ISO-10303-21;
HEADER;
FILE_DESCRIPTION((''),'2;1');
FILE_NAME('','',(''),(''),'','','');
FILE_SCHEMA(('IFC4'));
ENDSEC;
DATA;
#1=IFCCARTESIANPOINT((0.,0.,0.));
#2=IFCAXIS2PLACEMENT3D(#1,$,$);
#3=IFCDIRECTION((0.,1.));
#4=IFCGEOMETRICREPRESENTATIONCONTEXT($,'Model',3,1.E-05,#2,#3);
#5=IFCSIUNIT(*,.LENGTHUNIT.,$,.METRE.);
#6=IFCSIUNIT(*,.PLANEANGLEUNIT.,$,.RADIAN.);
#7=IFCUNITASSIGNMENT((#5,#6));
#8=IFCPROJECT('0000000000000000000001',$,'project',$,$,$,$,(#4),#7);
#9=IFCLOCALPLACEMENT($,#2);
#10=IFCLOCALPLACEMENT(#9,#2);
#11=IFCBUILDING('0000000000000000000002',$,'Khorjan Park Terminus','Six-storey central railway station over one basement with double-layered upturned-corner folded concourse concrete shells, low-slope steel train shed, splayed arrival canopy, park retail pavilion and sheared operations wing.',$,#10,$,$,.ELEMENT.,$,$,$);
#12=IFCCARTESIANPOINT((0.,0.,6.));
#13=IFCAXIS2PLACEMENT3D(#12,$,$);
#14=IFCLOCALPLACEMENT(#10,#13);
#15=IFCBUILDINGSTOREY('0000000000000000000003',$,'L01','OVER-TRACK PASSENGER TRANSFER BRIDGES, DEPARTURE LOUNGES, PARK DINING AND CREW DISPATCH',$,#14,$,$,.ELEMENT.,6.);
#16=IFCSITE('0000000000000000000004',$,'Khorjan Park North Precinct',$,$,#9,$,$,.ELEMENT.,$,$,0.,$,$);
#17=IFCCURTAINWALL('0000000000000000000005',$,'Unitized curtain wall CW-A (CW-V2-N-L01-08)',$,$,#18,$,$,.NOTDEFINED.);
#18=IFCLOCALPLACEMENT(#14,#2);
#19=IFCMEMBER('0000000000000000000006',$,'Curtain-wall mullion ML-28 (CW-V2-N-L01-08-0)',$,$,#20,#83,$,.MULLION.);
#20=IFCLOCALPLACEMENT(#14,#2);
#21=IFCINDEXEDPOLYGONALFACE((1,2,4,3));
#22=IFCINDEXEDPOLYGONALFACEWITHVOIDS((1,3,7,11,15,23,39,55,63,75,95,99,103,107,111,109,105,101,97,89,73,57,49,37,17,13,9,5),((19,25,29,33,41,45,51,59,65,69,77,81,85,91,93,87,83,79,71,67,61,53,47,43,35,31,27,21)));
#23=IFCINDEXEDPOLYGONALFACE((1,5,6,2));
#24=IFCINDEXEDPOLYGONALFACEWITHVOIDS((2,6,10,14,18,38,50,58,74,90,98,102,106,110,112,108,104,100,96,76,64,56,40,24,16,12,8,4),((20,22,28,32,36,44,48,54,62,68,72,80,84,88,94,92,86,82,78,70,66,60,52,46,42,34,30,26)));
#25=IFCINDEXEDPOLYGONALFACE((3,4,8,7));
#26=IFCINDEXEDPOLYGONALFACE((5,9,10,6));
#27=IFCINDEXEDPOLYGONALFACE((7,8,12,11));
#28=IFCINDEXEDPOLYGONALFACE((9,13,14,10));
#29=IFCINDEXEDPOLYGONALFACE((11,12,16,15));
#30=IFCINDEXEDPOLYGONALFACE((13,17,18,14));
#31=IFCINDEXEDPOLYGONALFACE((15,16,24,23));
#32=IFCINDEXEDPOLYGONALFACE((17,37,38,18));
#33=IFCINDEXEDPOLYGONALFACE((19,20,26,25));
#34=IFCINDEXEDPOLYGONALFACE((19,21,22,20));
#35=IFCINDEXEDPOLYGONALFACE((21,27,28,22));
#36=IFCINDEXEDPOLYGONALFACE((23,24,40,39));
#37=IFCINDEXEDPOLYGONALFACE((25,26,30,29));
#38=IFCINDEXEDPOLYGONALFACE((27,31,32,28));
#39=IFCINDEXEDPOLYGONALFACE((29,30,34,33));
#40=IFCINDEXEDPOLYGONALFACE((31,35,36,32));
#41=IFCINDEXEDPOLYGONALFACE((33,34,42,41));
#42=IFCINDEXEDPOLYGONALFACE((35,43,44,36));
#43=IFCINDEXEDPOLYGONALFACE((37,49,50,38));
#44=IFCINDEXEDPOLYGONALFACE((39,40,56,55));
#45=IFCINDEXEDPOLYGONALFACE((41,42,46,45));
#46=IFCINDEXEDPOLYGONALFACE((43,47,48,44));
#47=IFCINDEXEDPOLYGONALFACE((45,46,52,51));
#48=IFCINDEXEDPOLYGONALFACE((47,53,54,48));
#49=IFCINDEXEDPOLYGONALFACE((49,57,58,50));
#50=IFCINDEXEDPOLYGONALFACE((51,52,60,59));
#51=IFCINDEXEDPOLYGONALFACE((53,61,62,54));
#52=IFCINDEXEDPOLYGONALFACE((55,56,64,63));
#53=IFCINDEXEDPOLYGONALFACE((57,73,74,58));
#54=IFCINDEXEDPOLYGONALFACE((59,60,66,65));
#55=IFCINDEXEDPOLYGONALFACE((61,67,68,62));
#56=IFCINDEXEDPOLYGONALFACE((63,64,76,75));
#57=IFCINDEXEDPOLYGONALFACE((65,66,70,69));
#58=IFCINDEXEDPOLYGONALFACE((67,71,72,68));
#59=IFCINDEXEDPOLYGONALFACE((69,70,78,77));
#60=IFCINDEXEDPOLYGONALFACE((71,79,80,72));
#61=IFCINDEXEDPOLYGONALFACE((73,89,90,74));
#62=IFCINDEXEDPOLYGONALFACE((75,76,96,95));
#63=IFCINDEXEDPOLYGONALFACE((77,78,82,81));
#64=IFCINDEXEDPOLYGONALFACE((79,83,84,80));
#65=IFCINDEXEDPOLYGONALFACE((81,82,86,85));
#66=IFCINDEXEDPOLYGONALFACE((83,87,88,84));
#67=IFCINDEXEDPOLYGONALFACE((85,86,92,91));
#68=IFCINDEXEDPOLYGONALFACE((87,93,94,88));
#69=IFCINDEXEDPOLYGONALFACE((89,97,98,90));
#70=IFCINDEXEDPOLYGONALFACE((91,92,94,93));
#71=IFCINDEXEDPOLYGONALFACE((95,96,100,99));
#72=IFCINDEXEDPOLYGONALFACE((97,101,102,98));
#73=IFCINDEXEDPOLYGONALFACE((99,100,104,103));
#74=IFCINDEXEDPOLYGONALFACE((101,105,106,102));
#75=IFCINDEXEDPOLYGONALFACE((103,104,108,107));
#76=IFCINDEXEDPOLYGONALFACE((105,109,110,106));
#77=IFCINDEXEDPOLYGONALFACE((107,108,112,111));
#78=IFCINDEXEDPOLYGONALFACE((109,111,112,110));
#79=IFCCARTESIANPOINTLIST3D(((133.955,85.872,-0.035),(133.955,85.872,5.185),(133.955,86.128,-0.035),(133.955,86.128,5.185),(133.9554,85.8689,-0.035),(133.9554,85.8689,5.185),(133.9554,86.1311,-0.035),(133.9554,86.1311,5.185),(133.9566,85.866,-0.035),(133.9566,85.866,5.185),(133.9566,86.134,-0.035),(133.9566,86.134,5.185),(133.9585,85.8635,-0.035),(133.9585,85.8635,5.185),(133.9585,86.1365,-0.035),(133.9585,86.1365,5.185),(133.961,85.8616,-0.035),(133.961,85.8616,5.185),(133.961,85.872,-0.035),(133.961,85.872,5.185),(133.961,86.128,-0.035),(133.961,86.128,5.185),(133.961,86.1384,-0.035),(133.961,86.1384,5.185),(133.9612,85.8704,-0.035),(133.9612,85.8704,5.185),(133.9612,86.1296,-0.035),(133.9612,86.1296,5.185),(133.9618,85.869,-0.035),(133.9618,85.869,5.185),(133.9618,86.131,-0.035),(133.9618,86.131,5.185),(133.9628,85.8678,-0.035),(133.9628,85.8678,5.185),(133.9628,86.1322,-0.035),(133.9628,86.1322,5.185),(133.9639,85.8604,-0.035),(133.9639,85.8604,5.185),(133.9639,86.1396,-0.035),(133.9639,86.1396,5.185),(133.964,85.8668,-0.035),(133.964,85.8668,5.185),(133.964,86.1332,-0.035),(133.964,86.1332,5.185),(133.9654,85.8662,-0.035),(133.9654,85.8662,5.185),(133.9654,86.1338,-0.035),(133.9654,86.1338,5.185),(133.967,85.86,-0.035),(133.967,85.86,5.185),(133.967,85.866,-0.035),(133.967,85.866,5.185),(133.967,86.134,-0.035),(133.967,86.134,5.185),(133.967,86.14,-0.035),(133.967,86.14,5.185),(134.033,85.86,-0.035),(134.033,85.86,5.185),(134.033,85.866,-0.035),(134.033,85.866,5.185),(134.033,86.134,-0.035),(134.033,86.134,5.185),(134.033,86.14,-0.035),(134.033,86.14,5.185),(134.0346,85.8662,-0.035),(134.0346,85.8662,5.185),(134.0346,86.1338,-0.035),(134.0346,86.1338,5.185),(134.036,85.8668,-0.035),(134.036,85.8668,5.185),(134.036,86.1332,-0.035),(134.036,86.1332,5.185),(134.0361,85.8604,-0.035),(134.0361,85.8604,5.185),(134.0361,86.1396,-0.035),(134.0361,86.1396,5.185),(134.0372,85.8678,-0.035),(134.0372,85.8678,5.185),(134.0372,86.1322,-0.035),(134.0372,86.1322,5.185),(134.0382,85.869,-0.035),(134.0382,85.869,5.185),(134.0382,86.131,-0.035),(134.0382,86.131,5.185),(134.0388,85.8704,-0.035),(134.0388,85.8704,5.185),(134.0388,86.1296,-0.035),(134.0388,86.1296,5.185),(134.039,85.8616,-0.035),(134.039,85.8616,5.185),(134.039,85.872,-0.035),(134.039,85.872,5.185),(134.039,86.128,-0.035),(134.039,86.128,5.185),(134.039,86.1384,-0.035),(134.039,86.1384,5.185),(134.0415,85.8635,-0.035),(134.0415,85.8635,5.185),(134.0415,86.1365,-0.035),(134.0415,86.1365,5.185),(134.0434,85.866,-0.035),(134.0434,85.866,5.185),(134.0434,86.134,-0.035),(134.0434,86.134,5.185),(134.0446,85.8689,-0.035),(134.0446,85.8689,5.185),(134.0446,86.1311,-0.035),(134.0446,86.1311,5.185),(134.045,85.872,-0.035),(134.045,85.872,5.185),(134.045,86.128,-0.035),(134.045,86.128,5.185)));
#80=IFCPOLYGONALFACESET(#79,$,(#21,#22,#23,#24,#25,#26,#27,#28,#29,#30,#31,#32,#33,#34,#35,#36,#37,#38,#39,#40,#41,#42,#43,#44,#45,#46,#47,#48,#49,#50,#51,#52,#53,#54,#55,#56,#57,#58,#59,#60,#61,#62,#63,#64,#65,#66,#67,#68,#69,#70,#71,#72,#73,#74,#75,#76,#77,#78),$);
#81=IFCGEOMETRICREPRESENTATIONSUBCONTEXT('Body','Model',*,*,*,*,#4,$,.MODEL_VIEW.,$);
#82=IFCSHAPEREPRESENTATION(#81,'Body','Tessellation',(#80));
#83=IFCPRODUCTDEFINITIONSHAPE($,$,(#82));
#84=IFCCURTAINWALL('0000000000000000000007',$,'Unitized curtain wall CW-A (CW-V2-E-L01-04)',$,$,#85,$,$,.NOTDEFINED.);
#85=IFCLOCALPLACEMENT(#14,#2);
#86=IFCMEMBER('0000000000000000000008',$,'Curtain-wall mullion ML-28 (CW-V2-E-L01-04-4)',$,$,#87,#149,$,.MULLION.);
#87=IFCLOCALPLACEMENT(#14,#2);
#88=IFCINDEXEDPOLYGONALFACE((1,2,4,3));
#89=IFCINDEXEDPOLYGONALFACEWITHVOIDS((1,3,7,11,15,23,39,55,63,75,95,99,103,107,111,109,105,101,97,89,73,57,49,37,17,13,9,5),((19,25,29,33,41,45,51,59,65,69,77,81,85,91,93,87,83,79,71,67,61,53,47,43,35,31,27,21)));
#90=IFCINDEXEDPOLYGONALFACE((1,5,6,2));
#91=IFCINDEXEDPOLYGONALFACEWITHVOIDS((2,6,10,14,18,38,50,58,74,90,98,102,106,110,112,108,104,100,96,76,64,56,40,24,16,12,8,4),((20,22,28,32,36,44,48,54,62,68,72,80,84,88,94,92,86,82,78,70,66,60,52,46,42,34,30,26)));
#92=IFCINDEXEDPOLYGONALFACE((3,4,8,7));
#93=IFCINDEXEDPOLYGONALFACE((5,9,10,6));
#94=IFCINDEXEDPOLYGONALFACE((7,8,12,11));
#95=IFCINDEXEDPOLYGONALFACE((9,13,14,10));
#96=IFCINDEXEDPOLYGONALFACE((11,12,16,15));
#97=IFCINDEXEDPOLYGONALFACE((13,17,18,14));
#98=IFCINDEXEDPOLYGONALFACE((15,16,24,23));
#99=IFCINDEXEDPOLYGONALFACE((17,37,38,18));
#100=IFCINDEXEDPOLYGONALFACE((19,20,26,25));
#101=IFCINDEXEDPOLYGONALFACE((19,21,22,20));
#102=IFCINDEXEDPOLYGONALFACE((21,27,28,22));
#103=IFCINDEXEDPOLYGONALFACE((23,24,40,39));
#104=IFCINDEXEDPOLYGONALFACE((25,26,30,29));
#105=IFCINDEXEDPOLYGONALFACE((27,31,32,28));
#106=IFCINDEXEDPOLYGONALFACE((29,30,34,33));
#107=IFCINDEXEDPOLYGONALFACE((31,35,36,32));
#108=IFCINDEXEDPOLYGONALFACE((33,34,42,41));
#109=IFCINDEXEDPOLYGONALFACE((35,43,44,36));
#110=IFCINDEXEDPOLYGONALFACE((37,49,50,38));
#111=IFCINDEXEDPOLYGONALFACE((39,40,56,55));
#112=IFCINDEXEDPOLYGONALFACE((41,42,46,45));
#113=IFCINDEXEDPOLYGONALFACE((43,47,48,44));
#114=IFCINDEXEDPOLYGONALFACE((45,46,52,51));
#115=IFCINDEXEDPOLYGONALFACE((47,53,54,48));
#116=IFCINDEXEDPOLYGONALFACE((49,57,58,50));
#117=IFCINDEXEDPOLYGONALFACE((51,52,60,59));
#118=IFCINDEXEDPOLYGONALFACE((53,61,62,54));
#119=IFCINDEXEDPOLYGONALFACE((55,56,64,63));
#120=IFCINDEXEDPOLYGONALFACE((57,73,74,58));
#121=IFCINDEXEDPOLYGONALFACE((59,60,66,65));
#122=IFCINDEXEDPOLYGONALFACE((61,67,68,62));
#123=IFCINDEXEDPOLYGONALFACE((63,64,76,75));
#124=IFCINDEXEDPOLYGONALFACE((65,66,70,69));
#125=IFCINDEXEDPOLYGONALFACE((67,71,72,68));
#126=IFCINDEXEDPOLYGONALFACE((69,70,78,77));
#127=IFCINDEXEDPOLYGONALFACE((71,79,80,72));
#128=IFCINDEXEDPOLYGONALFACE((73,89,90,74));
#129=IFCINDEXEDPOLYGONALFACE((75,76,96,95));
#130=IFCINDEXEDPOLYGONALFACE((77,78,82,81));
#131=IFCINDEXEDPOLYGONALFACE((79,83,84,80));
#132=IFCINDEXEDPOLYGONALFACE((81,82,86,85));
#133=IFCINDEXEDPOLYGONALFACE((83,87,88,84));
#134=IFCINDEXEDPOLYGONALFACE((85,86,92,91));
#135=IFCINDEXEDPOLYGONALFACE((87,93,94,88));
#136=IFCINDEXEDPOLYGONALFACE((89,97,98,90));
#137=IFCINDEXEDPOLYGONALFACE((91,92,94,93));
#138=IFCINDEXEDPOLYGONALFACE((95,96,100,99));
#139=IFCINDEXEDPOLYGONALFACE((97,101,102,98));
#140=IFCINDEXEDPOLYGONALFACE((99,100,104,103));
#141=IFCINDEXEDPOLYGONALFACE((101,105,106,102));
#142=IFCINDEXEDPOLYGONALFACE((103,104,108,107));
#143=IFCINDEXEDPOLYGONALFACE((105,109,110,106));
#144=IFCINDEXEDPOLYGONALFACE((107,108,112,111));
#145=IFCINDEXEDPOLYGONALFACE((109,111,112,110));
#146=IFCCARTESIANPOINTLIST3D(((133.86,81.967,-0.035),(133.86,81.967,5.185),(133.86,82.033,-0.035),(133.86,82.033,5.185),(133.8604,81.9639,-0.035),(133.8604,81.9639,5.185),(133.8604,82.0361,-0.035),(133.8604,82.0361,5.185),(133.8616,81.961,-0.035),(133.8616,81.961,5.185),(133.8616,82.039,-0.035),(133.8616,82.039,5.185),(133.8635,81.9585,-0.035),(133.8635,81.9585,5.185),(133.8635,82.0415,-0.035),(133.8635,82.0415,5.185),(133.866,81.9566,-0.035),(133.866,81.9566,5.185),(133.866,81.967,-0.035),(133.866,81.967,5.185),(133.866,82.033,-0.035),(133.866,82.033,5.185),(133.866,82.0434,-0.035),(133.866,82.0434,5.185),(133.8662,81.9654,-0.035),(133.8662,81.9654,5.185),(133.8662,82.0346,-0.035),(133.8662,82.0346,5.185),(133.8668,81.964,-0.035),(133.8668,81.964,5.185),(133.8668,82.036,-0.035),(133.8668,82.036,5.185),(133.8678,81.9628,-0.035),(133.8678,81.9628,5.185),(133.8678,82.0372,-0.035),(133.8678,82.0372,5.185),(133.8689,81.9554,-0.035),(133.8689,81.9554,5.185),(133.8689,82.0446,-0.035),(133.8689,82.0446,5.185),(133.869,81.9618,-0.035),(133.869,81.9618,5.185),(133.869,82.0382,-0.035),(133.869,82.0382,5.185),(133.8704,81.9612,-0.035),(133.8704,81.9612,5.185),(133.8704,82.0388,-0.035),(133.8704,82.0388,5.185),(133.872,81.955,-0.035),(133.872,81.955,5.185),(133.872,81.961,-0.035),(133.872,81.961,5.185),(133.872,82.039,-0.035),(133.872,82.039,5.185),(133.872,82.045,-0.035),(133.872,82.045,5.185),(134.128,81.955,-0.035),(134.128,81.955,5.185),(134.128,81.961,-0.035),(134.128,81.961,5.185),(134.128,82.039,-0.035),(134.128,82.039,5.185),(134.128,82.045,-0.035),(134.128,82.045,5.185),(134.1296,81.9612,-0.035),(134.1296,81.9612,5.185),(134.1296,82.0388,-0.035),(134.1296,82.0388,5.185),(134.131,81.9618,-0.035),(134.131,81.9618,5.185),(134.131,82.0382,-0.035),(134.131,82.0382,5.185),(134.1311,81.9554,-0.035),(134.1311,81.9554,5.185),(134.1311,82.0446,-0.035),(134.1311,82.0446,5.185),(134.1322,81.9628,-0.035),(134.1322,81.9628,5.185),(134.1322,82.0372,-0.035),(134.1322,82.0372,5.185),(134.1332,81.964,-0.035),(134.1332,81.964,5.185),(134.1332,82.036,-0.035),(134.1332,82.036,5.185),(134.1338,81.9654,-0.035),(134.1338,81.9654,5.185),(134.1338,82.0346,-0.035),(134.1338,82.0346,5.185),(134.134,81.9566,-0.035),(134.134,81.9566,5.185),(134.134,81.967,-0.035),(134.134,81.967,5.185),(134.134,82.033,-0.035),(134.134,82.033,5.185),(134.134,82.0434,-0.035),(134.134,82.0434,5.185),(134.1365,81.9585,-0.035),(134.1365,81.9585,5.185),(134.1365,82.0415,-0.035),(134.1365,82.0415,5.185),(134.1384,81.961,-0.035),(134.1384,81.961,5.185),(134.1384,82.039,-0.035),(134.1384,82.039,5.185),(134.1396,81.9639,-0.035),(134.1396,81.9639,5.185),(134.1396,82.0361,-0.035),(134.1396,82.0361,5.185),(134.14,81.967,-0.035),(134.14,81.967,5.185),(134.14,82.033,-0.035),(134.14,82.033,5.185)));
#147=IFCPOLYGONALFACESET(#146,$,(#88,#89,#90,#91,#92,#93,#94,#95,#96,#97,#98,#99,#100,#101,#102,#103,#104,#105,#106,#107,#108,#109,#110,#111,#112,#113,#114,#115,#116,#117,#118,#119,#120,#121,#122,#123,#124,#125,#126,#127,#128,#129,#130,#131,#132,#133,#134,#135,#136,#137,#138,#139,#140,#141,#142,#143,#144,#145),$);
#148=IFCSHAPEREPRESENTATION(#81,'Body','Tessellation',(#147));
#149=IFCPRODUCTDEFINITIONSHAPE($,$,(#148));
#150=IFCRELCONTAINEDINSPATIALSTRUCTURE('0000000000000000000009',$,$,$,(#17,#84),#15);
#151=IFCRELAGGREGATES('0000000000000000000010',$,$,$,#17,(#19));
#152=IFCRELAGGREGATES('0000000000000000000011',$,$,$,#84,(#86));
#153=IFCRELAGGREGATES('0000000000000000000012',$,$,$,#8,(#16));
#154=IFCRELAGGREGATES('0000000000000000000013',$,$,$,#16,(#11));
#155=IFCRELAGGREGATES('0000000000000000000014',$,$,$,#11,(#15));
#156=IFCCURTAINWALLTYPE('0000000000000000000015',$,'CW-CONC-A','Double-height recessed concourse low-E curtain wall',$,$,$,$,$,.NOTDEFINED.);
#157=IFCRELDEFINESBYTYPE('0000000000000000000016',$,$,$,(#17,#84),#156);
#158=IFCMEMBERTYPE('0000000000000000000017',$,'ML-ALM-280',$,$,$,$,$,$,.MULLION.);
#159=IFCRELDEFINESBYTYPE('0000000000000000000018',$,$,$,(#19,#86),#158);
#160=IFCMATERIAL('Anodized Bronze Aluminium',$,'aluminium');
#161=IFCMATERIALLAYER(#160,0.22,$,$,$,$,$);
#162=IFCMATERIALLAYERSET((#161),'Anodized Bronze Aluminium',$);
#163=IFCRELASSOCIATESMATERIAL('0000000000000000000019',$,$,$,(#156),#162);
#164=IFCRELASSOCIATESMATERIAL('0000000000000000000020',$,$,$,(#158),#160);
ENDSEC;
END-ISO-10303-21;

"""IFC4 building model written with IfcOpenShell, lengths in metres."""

from ifc_helpers import new_model, si_unit, direction, frame, origin, origin_2d, place, context, subcontext, project, spatial, hollow_rectangle, extrude, material, layer, layer_set, material_profile, profile_set, type_object, element, aggregate, save


model = new_model("IFC4")

# Units and contexts
model_context = context("Model", 3, precision=1e-05, world=origin(), true_north=direction((0.0, 1.0)))
body_context = subcontext(model_context, "Body", "Model", "MODEL_VIEW")
ifc_project = project(units=[si_unit("LENGTHUNIT", "METRE"), si_unit("PLANEANGLEUNIT", "RADIAN")], contexts=[model_context])

# Site, building, storey
site_placement = place(None, origin())
site = spatial("IfcSite", under=ifc_project, at=site_placement, Name="Khorjan Park North Precinct", CompositionType="ELEMENT", RefElevation=0.0)
building_placement = place(site_placement, origin())
building = spatial("IfcBuilding", under=site, at=building_placement, Name="Khorjan Park Terminus", Description="Six-storey central railway station over one basement with double-layered upturned-corner folded concourse concrete shells, low-slope steel train shed, splayed arrival canopy, park retail pavilion and sheared operations wing.", CompositionType="ELEMENT")
storey_placement = place(building_placement, frame((0.0, 0.0, 6.0)))
storey = spatial("IfcBuildingStorey", under=building, at=storey_placement, Name="L01", Description="OVER-TRACK PASSENGER TRANSFER BRIDGES, DEPARTURE LOUNGES, PARK DINING AND CREW DISPATCH", CompositionType="ELEMENT", Elevation=6.0)

# Curtain wall, member
ifc_material_1 = material(Name="Anodized Bronze Aluminium", Category="aluminium")
ifc_layer_1 = layer(ifc_material_1, 0.22)
ifc_layer_set_1 = layer_set([ifc_layer_1], Name="Anodized Bronze Aluminium")
curtain_wall_type = type_object("IfcCurtainWallType", Name="CW-CONC-A", Description="Double-height recessed concourse low-E curtain wall", PredefinedType="NOTDEFINED", material=ifc_layer_set_1)
curtain_wall_1_placement = place(storey_placement, origin())
curtain_wall_1 = element("IfcCurtainWall", 1, at=curtain_wall_1_placement, inside=storey, type_object=curtain_wall_type, Name="Unitized curtain wall CW-A (CW-V2-N-L01-08)", PredefinedType="NOTDEFINED")
ifc_material_profile_1 = material_profile(ifc_material_1, hollow_rectangle(XDim=0.09, YDim=0.28, WallThickness=0.006, InnerFilletRadius=0.006, OuterFilletRadius=0.012, at=origin_2d()), Name="ALM 90x280x6")
ifc_profile_set_1 = profile_set([ifc_material_profile_1], Name="Anodized Bronze Aluminium")
member_type_1 = type_object("IfcMemberType", Name="ML-ALM-280", PredefinedType="MULLION", material=ifc_profile_set_1)
member_1_placement = place(storey_placement, frame((134.0, 86.0, -0.035), z_axis=(0.0, 0.0, 1.0), x_axis=(-1.0, 0.0, 0.0)))
member_1 = element("IfcMember", 2, at=member_1_placement, type_object=member_type_1, Name="Curtain-wall mullion ML-28 (CW-V2-N-L01-08-0)", PredefinedType="MULLION", context=body_context, shape_type="SweptSolid", body=[
    extrude(hollow_rectangle(XDim=0.09, YDim=0.28, WallThickness=0.006, InnerFilletRadius=0.006, OuterFilletRadius=0.012, at=origin_2d()), origin(), (0.0, 0.0, 1.0), 5.22),
])

# Curtain wall, member
curtain_wall_2_placement = place(storey_placement, origin())
curtain_wall_2 = element("IfcCurtainWall", 3, at=curtain_wall_2_placement, inside=storey, type_object=curtain_wall_type, Name="Unitized curtain wall CW-A (CW-V2-E-L01-04)", PredefinedType="NOTDEFINED")
member_2_placement = place(storey_placement, frame((134.0, 82.0, -0.035), z_axis=(0.0, 0.0, 1.0), x_axis=(0.0, 1.0, 0.0)))
member_2 = element("IfcMember", 4, at=member_2_placement, type_object=member_type_1, Name="Curtain-wall mullion ML-28 (CW-V2-E-L01-04-4)", PredefinedType="MULLION", context=body_context, shape_type="SweptSolid", body=[
    extrude(hollow_rectangle(XDim=0.09, YDim=0.28, WallThickness=0.006, InnerFilletRadius=0.006, OuterFilletRadius=0.012, at=origin_2d()), origin(), (0.0, 0.0, 1.0), 5.22),
])

aggregate(curtain_wall_1, [member_1])

aggregate(curtain_wall_2, [member_2])

save(model, "model.ifc")
